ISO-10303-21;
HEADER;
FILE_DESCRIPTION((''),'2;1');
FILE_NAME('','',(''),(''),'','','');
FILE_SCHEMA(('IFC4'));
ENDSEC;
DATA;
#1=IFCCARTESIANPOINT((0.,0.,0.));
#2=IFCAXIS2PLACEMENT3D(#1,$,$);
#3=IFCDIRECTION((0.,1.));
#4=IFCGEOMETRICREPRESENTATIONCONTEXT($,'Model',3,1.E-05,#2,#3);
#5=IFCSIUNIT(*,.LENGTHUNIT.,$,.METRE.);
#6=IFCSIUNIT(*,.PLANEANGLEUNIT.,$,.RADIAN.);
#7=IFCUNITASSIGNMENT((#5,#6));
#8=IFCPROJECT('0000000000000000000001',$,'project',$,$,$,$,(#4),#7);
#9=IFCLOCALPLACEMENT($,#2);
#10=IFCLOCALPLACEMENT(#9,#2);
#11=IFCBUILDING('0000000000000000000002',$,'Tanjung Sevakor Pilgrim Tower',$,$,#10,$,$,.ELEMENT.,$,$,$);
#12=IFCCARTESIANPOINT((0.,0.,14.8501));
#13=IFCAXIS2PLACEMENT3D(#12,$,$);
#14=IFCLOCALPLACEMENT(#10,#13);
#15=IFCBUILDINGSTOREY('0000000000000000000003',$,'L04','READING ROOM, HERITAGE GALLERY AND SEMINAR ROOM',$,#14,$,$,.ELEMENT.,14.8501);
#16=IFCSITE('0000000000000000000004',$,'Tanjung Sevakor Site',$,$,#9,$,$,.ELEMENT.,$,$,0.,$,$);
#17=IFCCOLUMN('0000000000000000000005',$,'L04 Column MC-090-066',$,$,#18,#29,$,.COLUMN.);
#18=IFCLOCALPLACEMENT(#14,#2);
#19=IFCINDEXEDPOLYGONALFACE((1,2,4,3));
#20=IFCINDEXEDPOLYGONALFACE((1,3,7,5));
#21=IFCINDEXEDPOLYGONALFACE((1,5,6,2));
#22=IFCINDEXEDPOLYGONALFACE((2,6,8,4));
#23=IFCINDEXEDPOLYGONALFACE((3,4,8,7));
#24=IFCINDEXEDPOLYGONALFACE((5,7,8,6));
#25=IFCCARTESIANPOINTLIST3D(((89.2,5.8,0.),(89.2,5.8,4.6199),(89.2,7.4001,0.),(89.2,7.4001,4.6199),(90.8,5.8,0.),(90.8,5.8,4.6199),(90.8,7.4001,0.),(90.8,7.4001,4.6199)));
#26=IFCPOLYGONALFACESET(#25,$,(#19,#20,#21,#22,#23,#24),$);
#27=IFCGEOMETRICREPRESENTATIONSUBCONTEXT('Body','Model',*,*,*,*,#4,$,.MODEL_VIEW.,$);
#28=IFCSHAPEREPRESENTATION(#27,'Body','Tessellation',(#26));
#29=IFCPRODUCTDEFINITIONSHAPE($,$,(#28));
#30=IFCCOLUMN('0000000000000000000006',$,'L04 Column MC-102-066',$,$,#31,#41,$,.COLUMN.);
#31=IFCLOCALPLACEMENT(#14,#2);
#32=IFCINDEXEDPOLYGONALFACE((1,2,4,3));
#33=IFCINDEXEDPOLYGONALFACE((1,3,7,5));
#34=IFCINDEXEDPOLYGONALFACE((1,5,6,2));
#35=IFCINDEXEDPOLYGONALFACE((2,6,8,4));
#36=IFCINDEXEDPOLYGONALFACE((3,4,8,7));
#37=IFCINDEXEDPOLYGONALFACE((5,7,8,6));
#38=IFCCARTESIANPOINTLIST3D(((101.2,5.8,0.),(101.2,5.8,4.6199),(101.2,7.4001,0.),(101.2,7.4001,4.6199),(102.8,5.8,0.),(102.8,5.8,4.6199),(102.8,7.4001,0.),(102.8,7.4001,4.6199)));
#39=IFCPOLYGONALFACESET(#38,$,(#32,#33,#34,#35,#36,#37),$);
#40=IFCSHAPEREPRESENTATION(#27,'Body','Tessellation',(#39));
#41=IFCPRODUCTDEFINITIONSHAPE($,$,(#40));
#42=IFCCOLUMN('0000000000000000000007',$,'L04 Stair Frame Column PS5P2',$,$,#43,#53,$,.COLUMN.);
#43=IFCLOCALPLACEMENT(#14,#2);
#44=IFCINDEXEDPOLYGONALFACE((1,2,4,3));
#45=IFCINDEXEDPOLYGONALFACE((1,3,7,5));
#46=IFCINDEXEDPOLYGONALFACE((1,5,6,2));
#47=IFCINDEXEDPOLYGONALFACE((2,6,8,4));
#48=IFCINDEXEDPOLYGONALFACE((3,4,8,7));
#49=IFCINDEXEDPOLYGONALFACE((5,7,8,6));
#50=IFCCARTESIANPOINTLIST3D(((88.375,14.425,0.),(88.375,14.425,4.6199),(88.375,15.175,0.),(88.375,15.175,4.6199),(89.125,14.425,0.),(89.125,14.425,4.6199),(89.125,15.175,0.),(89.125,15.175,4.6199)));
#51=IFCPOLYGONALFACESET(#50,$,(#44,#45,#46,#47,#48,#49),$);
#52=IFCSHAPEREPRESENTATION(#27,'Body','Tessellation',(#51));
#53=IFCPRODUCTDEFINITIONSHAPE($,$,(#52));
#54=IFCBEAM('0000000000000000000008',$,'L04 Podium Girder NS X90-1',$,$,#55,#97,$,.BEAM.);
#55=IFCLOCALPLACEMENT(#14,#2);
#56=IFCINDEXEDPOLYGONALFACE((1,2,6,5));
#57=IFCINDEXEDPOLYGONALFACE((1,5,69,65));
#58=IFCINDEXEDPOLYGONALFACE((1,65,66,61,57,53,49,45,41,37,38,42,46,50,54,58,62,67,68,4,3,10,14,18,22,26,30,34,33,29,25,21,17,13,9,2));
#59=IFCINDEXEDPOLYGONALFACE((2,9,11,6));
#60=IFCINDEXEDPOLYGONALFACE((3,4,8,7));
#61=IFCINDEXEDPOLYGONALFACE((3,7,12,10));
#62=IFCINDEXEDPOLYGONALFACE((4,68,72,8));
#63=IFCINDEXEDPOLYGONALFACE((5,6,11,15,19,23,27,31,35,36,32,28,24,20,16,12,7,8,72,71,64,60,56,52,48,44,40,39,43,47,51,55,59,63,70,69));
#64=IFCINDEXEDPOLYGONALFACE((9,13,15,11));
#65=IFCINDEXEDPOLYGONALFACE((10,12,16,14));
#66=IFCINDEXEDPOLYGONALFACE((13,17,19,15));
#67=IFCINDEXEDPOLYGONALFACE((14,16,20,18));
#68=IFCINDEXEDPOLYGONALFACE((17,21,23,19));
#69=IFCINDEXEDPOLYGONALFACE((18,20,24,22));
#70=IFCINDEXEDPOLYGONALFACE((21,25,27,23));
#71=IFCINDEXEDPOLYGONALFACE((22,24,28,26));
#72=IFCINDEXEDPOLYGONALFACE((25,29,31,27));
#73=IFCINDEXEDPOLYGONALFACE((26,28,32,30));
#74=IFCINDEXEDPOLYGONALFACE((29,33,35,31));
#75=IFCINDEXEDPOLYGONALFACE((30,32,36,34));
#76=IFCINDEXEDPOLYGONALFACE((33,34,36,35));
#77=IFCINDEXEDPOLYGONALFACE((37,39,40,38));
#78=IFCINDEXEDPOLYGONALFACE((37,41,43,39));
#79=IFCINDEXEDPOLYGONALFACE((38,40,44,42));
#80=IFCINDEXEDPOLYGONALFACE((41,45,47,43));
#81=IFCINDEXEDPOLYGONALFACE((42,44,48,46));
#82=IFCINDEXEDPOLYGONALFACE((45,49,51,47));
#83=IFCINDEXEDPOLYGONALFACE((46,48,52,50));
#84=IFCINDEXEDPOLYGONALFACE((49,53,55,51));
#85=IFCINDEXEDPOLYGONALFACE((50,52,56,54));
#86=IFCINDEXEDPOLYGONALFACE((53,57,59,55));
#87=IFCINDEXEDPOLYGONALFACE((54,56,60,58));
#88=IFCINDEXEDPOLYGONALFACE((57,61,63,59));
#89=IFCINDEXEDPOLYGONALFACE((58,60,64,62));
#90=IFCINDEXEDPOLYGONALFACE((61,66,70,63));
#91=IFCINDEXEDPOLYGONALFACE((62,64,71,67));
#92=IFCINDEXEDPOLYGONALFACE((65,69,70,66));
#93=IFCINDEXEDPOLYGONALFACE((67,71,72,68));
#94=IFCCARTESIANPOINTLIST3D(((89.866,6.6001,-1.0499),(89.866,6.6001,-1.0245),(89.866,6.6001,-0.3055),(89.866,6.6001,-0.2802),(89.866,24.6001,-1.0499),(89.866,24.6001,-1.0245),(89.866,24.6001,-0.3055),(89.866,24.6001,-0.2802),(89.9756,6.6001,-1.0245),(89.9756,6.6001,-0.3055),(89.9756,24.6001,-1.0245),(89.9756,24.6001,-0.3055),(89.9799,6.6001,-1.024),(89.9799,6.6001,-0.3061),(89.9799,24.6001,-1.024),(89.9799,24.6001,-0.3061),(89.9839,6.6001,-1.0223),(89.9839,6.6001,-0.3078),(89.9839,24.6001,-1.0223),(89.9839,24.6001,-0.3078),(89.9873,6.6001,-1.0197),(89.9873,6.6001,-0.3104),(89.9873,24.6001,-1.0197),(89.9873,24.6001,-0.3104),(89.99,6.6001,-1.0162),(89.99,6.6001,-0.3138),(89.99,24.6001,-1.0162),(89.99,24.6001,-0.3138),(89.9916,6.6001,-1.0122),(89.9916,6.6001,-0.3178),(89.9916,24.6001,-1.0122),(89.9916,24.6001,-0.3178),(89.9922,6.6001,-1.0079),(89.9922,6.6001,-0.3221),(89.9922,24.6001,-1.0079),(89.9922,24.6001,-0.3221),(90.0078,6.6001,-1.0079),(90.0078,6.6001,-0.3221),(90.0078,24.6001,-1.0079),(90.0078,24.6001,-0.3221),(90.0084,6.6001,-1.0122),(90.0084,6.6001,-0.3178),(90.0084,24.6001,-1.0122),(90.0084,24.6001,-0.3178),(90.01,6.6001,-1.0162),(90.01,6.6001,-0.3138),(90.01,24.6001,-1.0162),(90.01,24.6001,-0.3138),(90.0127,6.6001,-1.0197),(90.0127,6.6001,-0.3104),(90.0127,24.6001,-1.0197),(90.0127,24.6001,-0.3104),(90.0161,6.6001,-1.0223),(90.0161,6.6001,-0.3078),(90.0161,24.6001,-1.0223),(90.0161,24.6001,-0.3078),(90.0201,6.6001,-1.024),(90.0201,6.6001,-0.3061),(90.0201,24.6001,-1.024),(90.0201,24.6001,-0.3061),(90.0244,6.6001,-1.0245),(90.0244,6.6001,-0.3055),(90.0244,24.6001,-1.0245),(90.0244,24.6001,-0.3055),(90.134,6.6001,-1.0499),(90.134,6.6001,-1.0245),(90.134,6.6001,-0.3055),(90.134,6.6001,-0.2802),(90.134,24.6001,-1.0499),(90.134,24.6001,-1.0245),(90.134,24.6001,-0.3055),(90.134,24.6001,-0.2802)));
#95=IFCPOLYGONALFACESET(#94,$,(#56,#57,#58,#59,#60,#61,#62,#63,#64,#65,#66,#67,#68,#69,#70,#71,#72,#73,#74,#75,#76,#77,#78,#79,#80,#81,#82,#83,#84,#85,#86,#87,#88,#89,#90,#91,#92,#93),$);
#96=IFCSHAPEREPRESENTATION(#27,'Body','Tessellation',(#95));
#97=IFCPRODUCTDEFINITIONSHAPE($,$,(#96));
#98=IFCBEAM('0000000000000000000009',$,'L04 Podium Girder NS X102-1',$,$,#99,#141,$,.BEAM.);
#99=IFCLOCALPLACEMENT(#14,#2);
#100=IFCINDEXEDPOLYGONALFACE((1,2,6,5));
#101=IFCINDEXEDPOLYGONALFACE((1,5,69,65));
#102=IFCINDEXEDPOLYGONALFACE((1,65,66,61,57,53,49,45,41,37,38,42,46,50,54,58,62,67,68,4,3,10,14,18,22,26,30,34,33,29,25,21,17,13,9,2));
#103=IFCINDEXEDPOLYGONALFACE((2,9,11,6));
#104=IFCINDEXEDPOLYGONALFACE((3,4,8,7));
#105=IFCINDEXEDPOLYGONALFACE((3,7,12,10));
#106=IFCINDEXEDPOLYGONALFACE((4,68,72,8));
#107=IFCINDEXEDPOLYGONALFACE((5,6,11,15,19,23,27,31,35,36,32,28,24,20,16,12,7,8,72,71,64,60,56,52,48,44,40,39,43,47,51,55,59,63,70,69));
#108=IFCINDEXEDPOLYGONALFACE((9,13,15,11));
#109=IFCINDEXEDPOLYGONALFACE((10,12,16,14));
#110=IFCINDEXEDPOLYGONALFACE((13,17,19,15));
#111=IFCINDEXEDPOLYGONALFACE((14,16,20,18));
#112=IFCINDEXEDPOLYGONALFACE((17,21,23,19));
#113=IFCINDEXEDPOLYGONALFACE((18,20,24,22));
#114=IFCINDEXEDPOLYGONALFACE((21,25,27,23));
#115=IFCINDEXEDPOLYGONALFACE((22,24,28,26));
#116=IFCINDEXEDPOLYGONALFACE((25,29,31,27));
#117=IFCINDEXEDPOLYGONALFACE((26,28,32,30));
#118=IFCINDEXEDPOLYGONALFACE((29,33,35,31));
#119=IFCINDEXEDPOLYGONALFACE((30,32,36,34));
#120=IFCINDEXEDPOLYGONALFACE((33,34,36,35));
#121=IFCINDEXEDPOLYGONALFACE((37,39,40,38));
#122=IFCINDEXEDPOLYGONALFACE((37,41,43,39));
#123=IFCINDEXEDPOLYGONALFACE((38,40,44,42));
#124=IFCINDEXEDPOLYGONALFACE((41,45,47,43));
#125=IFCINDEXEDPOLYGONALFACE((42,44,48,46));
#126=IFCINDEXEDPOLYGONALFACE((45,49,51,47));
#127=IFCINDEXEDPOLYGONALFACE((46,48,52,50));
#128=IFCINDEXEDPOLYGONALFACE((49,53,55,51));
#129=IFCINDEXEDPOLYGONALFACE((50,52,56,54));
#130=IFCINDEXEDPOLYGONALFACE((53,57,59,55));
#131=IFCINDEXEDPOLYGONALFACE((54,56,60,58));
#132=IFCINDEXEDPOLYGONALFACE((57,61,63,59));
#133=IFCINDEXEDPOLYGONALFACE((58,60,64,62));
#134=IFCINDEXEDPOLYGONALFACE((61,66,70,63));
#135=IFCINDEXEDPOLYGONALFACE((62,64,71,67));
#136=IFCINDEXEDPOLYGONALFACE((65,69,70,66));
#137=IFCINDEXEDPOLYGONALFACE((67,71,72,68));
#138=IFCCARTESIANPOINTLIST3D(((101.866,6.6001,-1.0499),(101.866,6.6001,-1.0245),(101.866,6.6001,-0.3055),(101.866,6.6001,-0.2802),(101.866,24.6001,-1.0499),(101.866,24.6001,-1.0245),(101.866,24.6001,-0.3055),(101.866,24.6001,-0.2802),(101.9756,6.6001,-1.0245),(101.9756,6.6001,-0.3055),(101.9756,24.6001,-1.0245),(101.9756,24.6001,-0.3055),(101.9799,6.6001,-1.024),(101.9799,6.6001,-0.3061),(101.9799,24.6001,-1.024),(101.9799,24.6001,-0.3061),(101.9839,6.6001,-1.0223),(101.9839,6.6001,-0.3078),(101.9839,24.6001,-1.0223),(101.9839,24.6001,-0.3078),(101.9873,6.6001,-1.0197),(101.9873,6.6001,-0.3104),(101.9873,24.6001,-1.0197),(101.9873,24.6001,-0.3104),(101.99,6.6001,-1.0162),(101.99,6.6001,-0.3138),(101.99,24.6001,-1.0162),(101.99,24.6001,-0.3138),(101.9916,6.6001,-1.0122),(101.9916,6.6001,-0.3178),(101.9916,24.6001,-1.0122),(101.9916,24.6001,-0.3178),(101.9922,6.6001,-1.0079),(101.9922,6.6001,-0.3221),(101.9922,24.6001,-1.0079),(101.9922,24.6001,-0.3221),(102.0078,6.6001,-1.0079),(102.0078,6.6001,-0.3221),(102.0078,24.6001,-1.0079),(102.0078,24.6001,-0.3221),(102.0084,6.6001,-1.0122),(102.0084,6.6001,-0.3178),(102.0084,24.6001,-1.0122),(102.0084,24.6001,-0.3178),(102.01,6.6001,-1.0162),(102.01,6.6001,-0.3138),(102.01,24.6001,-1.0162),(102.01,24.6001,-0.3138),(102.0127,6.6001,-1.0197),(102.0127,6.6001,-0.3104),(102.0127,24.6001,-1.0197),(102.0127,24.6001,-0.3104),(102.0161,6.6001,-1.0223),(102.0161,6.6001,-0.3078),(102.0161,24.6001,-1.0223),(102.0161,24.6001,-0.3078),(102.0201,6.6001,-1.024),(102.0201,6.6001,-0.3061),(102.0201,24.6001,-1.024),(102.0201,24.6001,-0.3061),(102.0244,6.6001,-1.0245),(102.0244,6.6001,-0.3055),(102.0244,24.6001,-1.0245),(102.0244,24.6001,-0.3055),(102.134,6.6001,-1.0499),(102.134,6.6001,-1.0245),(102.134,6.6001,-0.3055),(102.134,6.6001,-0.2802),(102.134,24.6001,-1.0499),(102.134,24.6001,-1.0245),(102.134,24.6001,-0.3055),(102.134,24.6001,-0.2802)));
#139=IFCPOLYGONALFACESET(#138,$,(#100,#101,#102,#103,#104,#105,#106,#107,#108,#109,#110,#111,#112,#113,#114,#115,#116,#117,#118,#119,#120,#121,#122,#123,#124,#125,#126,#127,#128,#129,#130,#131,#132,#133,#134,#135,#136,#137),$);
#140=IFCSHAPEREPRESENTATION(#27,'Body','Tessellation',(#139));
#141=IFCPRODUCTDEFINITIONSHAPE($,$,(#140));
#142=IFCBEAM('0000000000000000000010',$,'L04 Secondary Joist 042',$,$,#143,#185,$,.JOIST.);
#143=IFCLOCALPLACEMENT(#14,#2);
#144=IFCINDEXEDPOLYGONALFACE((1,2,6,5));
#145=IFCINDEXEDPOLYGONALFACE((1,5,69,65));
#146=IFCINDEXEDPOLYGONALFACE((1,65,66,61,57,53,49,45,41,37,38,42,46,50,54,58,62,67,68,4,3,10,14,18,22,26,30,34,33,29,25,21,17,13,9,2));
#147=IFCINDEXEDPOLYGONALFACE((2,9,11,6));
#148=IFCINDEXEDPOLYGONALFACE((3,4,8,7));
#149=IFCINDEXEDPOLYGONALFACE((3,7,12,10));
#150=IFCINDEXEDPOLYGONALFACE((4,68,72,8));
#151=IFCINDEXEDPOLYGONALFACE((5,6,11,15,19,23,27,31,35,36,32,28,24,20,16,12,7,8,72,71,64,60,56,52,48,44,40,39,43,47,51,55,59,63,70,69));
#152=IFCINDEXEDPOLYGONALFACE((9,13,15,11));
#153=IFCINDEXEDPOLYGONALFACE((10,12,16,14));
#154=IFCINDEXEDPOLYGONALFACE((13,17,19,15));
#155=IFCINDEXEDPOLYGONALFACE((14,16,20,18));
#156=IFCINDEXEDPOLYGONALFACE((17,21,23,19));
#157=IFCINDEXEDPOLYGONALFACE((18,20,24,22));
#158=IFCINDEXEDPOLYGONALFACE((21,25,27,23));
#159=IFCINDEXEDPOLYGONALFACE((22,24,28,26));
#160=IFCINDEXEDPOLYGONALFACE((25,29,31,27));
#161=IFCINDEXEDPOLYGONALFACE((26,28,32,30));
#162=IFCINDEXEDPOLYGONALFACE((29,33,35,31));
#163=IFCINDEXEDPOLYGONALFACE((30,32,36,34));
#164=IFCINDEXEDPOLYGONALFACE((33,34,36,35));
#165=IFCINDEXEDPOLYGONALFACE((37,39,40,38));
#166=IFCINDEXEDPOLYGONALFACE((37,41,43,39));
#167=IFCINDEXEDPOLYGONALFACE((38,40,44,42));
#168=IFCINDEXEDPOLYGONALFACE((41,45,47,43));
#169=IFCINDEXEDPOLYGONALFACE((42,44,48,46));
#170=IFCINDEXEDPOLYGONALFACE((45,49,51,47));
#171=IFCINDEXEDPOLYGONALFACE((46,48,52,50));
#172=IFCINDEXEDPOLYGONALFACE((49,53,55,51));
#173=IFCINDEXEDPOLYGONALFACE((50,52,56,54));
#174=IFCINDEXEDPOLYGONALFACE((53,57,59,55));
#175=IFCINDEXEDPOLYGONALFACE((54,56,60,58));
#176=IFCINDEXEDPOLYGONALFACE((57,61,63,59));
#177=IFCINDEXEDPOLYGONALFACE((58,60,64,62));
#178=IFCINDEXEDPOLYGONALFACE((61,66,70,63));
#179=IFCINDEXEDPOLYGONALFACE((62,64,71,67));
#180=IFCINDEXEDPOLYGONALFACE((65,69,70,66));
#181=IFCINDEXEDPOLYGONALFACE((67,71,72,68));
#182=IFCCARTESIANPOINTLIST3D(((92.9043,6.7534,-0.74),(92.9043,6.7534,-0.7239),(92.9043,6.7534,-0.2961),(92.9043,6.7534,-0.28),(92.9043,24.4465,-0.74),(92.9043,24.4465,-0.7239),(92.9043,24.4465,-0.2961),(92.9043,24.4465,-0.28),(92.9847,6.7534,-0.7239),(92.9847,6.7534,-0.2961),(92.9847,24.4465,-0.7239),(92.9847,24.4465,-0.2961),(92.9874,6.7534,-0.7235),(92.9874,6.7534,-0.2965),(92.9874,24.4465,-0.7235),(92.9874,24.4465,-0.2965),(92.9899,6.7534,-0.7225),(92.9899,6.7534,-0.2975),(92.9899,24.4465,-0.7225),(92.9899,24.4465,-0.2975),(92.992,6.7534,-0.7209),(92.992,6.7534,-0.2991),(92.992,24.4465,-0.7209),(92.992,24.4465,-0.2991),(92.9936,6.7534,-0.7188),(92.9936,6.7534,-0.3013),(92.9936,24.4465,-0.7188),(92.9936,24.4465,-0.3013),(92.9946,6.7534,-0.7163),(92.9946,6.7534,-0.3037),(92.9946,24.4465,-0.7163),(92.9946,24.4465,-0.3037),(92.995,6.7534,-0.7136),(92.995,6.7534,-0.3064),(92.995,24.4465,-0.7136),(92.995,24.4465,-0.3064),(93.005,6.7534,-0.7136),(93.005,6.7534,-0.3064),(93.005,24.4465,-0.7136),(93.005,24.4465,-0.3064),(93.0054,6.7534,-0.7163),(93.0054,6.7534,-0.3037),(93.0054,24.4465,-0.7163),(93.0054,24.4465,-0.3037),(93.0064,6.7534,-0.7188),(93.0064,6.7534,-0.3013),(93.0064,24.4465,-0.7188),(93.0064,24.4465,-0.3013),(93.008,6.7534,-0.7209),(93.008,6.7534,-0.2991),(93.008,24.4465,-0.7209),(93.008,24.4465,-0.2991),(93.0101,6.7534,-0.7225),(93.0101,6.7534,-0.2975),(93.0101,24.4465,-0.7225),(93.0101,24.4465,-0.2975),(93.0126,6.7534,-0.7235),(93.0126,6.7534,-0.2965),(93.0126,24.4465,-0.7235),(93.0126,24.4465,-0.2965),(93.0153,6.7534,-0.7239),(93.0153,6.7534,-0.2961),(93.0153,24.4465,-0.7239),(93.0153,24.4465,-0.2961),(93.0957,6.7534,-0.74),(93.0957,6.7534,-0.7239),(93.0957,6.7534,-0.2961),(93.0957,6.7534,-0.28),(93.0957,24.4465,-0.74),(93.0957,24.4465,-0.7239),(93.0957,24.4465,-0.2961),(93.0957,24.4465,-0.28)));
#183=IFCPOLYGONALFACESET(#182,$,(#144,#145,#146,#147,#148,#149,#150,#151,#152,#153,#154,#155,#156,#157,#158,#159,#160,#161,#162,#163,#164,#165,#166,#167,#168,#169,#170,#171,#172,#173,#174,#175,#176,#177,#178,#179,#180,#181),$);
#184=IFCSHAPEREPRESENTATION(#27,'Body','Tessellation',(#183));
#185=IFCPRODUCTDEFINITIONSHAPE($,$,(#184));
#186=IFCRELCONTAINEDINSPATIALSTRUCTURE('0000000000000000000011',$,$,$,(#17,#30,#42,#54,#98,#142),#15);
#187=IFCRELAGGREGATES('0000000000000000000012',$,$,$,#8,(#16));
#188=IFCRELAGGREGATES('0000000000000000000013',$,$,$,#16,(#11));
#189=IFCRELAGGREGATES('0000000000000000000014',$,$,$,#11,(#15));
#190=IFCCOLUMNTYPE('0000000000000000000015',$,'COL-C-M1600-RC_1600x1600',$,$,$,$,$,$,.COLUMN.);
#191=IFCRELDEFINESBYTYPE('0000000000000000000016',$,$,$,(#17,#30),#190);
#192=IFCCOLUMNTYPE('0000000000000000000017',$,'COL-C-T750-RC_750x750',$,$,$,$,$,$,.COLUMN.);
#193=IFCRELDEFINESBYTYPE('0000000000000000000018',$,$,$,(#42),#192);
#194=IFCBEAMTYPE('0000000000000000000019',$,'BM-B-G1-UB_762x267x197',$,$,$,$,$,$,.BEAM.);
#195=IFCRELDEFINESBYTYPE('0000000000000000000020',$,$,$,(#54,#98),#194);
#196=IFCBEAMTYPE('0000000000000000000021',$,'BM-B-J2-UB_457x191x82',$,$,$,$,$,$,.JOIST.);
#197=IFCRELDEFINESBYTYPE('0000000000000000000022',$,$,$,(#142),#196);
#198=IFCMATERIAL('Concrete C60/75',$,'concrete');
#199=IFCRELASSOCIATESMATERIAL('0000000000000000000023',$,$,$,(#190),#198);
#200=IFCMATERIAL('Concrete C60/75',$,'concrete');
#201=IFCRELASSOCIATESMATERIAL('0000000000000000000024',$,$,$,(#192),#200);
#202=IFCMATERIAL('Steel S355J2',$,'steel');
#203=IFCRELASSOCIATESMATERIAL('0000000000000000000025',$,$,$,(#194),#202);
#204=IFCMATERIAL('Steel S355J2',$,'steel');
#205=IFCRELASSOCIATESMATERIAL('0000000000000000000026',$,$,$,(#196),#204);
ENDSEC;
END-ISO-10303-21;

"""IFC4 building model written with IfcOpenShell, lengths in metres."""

from ifc_helpers import new_model, si_unit, direction, frame, origin, origin_2d, place, context, subcontext, project, spatial, rectangle, i_section, extrude, material, material_profile, profile_set, type_object, element, save


model = new_model("IFC4")

# Units and contexts
model_context = context("Model", 3, precision=1e-05, world=origin(), true_north=direction((0.0, 1.0)))
body_context = subcontext(model_context, "Body", "Model", "MODEL_VIEW")
ifc_project = project(units=[si_unit("LENGTHUNIT", "METRE"), si_unit("PLANEANGLEUNIT", "RADIAN")], contexts=[model_context])

# Site, building, storey
site_placement = place(None, origin())
site = spatial("IfcSite", under=ifc_project, at=site_placement, Name="Tanjung Sevakor Site", CompositionType="ELEMENT", RefElevation=0.0)
building_placement = place(site_placement, origin())
building = spatial("IfcBuilding", under=site, at=building_placement, Name="Tanjung Sevakor Pilgrim Tower", CompositionType="ELEMENT")
storey_placement = place(building_placement, frame((0.0, 0.0, 14.8501)))
storey = spatial("IfcBuildingStorey", under=building, at=storey_placement, Name="L04", Description="READING ROOM, HERITAGE GALLERY AND SEMINAR ROOM", CompositionType="ELEMENT", Elevation=14.8501)

# Columns
ifc_material_1 = material(Name="Concrete C60/75", Category="concrete")
ifc_material_profile_1 = material_profile(ifc_material_1, rectangle(XDim=1.6001, YDim=1.6001, at=origin_2d()))
ifc_profile_set_1 = profile_set([ifc_material_profile_1], Name="Concrete C60/75")
column_type_1 = type_object("IfcColumnType", Name="COL-C-M1600-RC_1600x1600", PredefinedType="COLUMN", material=ifc_profile_set_1)
for number, where, z_axis, x_axis, name in (
    (1, (90.0, 6.6001, 0.0), (0.0, 0.0, 1.0), (1.0, 0.0, 0.0), "L04 Column MC-090-066"),
    (2, (102.0, 6.6001, 0.0), (0.0, 0.0, 1.0), (1.0, 0.0, 0.0), "L04 Column MC-102-066"),
):
    element("IfcColumn", number, at=place(storey_placement, frame(where, z_axis=z_axis, x_axis=x_axis)), inside=storey, type_object=column_type_1, Name=name, PredefinedType="COLUMN", context=body_context, shape_type="SweptSolid", body=[
        extrude(rectangle(XDim=1.6001, YDim=1.6001, at=origin_2d()), origin(), (0.0, 0.0, 1.0), 4.6199),
    ])
ifc_material_2 = material(Name="Concrete C60/75", Category="concrete")
ifc_material_profile_2 = material_profile(ifc_material_2, rectangle(XDim=0.75, YDim=0.75, at=origin_2d()))
ifc_profile_set_2 = profile_set([ifc_material_profile_2], Name="Concrete C60/75")
column_type_2 = type_object("IfcColumnType", Name="COL-C-T750-RC_750x750", PredefinedType="COLUMN", material=ifc_profile_set_2)
column_placement = place(storey_placement, frame((88.75, 14.8, 0.0), z_axis=(0.0, 0.0, 1.0), x_axis=(1.0, 0.0, 0.0)))
element("IfcColumn", 3, at=column_placement, inside=storey, type_object=column_type_2, Name="L04 Stair Frame Column PS5P2", PredefinedType="COLUMN", context=body_context, shape_type="SweptSolid", body=[
    extrude(rectangle(XDim=0.75, YDim=0.75, at=origin_2d()), origin(), (0.0, 0.0, 1.0), 4.6199),
])

# Beams
ifc_material_3 = material(Name="Steel S355J2", Category="steel")
ifc_material_profile_3 = material_profile(ifc_material_3, i_section(OverallWidth=0.2681, OverallDepth=0.7698, WebThickness=0.0156, FlangeThickness=0.0254, FilletRadius=0.0166, at=origin_2d()))
ifc_profile_set_3 = profile_set([ifc_material_profile_3], Name="Steel S355J2")
beam_type_1 = type_object("IfcBeamType", Name="BM-B-G1-UB_762x267x197", PredefinedType="BEAM", material=ifc_profile_set_3)
for number, where, z_axis, x_axis, name in (
    (4, (90.0, 6.6001, -0.665), (0.0, 1.0, 0.0), (-1.0, 0.0, 0.0), "L04 Podium Girder NS X90-1"),
    (5, (102.0, 6.6001, -0.665), (0.0, 1.0, 0.0), (-1.0, 0.0, 0.0), "L04 Podium Girder NS X102-1"),
):
    element("IfcBeam", number, at=place(storey_placement, frame(where, z_axis=z_axis, x_axis=x_axis)), inside=storey, type_object=beam_type_1, Name=name, PredefinedType="BEAM", context=body_context, shape_type="SweptSolid", body=[
        extrude(i_section(OverallWidth=0.2681, OverallDepth=0.7698, WebThickness=0.0156, FlangeThickness=0.0254, FilletRadius=0.0166, at=origin_2d()), origin(), (0.0, 0.0, 1.0), 18.0),
    ])
ifc_material_4 = material(Name="Steel S355J2", Category="steel")
ifc_material_profile_4 = material_profile(ifc_material_4, i_section(OverallWidth=0.1914, OverallDepth=0.46, WebThickness=0.01, FlangeThickness=0.0161, FilletRadius=0.0103, at=origin_2d()))
ifc_profile_set_4 = profile_set([ifc_material_profile_4], Name="Steel S355J2")
beam_type_2 = type_object("IfcBeamType", Name="BM-B-J2-UB_457x191x82", PredefinedType="JOIST", material=ifc_profile_set_4)
for number, where, z_axis, x_axis, name in (
    (6, (93.0, 6.7534, -0.51), (0.0, 1.0, 0.0), (-1.0, 0.0, 0.0), "L04 Secondary Joist 042"),
):
    element("IfcBeam", number, at=place(storey_placement, frame(where, z_axis=z_axis, x_axis=x_axis)), inside=storey, type_object=beam_type_2, Name=name, PredefinedType="JOIST", context=body_context, shape_type="SweptSolid", body=[
        extrude(i_section(OverallWidth=0.1914, OverallDepth=0.46, WebThickness=0.01, FlangeThickness=0.0161, FilletRadius=0.0103, at=origin_2d()), origin(), (0.0, 0.0, 1.0), 17.6931),
    ])

save(model, "model.ifc")
